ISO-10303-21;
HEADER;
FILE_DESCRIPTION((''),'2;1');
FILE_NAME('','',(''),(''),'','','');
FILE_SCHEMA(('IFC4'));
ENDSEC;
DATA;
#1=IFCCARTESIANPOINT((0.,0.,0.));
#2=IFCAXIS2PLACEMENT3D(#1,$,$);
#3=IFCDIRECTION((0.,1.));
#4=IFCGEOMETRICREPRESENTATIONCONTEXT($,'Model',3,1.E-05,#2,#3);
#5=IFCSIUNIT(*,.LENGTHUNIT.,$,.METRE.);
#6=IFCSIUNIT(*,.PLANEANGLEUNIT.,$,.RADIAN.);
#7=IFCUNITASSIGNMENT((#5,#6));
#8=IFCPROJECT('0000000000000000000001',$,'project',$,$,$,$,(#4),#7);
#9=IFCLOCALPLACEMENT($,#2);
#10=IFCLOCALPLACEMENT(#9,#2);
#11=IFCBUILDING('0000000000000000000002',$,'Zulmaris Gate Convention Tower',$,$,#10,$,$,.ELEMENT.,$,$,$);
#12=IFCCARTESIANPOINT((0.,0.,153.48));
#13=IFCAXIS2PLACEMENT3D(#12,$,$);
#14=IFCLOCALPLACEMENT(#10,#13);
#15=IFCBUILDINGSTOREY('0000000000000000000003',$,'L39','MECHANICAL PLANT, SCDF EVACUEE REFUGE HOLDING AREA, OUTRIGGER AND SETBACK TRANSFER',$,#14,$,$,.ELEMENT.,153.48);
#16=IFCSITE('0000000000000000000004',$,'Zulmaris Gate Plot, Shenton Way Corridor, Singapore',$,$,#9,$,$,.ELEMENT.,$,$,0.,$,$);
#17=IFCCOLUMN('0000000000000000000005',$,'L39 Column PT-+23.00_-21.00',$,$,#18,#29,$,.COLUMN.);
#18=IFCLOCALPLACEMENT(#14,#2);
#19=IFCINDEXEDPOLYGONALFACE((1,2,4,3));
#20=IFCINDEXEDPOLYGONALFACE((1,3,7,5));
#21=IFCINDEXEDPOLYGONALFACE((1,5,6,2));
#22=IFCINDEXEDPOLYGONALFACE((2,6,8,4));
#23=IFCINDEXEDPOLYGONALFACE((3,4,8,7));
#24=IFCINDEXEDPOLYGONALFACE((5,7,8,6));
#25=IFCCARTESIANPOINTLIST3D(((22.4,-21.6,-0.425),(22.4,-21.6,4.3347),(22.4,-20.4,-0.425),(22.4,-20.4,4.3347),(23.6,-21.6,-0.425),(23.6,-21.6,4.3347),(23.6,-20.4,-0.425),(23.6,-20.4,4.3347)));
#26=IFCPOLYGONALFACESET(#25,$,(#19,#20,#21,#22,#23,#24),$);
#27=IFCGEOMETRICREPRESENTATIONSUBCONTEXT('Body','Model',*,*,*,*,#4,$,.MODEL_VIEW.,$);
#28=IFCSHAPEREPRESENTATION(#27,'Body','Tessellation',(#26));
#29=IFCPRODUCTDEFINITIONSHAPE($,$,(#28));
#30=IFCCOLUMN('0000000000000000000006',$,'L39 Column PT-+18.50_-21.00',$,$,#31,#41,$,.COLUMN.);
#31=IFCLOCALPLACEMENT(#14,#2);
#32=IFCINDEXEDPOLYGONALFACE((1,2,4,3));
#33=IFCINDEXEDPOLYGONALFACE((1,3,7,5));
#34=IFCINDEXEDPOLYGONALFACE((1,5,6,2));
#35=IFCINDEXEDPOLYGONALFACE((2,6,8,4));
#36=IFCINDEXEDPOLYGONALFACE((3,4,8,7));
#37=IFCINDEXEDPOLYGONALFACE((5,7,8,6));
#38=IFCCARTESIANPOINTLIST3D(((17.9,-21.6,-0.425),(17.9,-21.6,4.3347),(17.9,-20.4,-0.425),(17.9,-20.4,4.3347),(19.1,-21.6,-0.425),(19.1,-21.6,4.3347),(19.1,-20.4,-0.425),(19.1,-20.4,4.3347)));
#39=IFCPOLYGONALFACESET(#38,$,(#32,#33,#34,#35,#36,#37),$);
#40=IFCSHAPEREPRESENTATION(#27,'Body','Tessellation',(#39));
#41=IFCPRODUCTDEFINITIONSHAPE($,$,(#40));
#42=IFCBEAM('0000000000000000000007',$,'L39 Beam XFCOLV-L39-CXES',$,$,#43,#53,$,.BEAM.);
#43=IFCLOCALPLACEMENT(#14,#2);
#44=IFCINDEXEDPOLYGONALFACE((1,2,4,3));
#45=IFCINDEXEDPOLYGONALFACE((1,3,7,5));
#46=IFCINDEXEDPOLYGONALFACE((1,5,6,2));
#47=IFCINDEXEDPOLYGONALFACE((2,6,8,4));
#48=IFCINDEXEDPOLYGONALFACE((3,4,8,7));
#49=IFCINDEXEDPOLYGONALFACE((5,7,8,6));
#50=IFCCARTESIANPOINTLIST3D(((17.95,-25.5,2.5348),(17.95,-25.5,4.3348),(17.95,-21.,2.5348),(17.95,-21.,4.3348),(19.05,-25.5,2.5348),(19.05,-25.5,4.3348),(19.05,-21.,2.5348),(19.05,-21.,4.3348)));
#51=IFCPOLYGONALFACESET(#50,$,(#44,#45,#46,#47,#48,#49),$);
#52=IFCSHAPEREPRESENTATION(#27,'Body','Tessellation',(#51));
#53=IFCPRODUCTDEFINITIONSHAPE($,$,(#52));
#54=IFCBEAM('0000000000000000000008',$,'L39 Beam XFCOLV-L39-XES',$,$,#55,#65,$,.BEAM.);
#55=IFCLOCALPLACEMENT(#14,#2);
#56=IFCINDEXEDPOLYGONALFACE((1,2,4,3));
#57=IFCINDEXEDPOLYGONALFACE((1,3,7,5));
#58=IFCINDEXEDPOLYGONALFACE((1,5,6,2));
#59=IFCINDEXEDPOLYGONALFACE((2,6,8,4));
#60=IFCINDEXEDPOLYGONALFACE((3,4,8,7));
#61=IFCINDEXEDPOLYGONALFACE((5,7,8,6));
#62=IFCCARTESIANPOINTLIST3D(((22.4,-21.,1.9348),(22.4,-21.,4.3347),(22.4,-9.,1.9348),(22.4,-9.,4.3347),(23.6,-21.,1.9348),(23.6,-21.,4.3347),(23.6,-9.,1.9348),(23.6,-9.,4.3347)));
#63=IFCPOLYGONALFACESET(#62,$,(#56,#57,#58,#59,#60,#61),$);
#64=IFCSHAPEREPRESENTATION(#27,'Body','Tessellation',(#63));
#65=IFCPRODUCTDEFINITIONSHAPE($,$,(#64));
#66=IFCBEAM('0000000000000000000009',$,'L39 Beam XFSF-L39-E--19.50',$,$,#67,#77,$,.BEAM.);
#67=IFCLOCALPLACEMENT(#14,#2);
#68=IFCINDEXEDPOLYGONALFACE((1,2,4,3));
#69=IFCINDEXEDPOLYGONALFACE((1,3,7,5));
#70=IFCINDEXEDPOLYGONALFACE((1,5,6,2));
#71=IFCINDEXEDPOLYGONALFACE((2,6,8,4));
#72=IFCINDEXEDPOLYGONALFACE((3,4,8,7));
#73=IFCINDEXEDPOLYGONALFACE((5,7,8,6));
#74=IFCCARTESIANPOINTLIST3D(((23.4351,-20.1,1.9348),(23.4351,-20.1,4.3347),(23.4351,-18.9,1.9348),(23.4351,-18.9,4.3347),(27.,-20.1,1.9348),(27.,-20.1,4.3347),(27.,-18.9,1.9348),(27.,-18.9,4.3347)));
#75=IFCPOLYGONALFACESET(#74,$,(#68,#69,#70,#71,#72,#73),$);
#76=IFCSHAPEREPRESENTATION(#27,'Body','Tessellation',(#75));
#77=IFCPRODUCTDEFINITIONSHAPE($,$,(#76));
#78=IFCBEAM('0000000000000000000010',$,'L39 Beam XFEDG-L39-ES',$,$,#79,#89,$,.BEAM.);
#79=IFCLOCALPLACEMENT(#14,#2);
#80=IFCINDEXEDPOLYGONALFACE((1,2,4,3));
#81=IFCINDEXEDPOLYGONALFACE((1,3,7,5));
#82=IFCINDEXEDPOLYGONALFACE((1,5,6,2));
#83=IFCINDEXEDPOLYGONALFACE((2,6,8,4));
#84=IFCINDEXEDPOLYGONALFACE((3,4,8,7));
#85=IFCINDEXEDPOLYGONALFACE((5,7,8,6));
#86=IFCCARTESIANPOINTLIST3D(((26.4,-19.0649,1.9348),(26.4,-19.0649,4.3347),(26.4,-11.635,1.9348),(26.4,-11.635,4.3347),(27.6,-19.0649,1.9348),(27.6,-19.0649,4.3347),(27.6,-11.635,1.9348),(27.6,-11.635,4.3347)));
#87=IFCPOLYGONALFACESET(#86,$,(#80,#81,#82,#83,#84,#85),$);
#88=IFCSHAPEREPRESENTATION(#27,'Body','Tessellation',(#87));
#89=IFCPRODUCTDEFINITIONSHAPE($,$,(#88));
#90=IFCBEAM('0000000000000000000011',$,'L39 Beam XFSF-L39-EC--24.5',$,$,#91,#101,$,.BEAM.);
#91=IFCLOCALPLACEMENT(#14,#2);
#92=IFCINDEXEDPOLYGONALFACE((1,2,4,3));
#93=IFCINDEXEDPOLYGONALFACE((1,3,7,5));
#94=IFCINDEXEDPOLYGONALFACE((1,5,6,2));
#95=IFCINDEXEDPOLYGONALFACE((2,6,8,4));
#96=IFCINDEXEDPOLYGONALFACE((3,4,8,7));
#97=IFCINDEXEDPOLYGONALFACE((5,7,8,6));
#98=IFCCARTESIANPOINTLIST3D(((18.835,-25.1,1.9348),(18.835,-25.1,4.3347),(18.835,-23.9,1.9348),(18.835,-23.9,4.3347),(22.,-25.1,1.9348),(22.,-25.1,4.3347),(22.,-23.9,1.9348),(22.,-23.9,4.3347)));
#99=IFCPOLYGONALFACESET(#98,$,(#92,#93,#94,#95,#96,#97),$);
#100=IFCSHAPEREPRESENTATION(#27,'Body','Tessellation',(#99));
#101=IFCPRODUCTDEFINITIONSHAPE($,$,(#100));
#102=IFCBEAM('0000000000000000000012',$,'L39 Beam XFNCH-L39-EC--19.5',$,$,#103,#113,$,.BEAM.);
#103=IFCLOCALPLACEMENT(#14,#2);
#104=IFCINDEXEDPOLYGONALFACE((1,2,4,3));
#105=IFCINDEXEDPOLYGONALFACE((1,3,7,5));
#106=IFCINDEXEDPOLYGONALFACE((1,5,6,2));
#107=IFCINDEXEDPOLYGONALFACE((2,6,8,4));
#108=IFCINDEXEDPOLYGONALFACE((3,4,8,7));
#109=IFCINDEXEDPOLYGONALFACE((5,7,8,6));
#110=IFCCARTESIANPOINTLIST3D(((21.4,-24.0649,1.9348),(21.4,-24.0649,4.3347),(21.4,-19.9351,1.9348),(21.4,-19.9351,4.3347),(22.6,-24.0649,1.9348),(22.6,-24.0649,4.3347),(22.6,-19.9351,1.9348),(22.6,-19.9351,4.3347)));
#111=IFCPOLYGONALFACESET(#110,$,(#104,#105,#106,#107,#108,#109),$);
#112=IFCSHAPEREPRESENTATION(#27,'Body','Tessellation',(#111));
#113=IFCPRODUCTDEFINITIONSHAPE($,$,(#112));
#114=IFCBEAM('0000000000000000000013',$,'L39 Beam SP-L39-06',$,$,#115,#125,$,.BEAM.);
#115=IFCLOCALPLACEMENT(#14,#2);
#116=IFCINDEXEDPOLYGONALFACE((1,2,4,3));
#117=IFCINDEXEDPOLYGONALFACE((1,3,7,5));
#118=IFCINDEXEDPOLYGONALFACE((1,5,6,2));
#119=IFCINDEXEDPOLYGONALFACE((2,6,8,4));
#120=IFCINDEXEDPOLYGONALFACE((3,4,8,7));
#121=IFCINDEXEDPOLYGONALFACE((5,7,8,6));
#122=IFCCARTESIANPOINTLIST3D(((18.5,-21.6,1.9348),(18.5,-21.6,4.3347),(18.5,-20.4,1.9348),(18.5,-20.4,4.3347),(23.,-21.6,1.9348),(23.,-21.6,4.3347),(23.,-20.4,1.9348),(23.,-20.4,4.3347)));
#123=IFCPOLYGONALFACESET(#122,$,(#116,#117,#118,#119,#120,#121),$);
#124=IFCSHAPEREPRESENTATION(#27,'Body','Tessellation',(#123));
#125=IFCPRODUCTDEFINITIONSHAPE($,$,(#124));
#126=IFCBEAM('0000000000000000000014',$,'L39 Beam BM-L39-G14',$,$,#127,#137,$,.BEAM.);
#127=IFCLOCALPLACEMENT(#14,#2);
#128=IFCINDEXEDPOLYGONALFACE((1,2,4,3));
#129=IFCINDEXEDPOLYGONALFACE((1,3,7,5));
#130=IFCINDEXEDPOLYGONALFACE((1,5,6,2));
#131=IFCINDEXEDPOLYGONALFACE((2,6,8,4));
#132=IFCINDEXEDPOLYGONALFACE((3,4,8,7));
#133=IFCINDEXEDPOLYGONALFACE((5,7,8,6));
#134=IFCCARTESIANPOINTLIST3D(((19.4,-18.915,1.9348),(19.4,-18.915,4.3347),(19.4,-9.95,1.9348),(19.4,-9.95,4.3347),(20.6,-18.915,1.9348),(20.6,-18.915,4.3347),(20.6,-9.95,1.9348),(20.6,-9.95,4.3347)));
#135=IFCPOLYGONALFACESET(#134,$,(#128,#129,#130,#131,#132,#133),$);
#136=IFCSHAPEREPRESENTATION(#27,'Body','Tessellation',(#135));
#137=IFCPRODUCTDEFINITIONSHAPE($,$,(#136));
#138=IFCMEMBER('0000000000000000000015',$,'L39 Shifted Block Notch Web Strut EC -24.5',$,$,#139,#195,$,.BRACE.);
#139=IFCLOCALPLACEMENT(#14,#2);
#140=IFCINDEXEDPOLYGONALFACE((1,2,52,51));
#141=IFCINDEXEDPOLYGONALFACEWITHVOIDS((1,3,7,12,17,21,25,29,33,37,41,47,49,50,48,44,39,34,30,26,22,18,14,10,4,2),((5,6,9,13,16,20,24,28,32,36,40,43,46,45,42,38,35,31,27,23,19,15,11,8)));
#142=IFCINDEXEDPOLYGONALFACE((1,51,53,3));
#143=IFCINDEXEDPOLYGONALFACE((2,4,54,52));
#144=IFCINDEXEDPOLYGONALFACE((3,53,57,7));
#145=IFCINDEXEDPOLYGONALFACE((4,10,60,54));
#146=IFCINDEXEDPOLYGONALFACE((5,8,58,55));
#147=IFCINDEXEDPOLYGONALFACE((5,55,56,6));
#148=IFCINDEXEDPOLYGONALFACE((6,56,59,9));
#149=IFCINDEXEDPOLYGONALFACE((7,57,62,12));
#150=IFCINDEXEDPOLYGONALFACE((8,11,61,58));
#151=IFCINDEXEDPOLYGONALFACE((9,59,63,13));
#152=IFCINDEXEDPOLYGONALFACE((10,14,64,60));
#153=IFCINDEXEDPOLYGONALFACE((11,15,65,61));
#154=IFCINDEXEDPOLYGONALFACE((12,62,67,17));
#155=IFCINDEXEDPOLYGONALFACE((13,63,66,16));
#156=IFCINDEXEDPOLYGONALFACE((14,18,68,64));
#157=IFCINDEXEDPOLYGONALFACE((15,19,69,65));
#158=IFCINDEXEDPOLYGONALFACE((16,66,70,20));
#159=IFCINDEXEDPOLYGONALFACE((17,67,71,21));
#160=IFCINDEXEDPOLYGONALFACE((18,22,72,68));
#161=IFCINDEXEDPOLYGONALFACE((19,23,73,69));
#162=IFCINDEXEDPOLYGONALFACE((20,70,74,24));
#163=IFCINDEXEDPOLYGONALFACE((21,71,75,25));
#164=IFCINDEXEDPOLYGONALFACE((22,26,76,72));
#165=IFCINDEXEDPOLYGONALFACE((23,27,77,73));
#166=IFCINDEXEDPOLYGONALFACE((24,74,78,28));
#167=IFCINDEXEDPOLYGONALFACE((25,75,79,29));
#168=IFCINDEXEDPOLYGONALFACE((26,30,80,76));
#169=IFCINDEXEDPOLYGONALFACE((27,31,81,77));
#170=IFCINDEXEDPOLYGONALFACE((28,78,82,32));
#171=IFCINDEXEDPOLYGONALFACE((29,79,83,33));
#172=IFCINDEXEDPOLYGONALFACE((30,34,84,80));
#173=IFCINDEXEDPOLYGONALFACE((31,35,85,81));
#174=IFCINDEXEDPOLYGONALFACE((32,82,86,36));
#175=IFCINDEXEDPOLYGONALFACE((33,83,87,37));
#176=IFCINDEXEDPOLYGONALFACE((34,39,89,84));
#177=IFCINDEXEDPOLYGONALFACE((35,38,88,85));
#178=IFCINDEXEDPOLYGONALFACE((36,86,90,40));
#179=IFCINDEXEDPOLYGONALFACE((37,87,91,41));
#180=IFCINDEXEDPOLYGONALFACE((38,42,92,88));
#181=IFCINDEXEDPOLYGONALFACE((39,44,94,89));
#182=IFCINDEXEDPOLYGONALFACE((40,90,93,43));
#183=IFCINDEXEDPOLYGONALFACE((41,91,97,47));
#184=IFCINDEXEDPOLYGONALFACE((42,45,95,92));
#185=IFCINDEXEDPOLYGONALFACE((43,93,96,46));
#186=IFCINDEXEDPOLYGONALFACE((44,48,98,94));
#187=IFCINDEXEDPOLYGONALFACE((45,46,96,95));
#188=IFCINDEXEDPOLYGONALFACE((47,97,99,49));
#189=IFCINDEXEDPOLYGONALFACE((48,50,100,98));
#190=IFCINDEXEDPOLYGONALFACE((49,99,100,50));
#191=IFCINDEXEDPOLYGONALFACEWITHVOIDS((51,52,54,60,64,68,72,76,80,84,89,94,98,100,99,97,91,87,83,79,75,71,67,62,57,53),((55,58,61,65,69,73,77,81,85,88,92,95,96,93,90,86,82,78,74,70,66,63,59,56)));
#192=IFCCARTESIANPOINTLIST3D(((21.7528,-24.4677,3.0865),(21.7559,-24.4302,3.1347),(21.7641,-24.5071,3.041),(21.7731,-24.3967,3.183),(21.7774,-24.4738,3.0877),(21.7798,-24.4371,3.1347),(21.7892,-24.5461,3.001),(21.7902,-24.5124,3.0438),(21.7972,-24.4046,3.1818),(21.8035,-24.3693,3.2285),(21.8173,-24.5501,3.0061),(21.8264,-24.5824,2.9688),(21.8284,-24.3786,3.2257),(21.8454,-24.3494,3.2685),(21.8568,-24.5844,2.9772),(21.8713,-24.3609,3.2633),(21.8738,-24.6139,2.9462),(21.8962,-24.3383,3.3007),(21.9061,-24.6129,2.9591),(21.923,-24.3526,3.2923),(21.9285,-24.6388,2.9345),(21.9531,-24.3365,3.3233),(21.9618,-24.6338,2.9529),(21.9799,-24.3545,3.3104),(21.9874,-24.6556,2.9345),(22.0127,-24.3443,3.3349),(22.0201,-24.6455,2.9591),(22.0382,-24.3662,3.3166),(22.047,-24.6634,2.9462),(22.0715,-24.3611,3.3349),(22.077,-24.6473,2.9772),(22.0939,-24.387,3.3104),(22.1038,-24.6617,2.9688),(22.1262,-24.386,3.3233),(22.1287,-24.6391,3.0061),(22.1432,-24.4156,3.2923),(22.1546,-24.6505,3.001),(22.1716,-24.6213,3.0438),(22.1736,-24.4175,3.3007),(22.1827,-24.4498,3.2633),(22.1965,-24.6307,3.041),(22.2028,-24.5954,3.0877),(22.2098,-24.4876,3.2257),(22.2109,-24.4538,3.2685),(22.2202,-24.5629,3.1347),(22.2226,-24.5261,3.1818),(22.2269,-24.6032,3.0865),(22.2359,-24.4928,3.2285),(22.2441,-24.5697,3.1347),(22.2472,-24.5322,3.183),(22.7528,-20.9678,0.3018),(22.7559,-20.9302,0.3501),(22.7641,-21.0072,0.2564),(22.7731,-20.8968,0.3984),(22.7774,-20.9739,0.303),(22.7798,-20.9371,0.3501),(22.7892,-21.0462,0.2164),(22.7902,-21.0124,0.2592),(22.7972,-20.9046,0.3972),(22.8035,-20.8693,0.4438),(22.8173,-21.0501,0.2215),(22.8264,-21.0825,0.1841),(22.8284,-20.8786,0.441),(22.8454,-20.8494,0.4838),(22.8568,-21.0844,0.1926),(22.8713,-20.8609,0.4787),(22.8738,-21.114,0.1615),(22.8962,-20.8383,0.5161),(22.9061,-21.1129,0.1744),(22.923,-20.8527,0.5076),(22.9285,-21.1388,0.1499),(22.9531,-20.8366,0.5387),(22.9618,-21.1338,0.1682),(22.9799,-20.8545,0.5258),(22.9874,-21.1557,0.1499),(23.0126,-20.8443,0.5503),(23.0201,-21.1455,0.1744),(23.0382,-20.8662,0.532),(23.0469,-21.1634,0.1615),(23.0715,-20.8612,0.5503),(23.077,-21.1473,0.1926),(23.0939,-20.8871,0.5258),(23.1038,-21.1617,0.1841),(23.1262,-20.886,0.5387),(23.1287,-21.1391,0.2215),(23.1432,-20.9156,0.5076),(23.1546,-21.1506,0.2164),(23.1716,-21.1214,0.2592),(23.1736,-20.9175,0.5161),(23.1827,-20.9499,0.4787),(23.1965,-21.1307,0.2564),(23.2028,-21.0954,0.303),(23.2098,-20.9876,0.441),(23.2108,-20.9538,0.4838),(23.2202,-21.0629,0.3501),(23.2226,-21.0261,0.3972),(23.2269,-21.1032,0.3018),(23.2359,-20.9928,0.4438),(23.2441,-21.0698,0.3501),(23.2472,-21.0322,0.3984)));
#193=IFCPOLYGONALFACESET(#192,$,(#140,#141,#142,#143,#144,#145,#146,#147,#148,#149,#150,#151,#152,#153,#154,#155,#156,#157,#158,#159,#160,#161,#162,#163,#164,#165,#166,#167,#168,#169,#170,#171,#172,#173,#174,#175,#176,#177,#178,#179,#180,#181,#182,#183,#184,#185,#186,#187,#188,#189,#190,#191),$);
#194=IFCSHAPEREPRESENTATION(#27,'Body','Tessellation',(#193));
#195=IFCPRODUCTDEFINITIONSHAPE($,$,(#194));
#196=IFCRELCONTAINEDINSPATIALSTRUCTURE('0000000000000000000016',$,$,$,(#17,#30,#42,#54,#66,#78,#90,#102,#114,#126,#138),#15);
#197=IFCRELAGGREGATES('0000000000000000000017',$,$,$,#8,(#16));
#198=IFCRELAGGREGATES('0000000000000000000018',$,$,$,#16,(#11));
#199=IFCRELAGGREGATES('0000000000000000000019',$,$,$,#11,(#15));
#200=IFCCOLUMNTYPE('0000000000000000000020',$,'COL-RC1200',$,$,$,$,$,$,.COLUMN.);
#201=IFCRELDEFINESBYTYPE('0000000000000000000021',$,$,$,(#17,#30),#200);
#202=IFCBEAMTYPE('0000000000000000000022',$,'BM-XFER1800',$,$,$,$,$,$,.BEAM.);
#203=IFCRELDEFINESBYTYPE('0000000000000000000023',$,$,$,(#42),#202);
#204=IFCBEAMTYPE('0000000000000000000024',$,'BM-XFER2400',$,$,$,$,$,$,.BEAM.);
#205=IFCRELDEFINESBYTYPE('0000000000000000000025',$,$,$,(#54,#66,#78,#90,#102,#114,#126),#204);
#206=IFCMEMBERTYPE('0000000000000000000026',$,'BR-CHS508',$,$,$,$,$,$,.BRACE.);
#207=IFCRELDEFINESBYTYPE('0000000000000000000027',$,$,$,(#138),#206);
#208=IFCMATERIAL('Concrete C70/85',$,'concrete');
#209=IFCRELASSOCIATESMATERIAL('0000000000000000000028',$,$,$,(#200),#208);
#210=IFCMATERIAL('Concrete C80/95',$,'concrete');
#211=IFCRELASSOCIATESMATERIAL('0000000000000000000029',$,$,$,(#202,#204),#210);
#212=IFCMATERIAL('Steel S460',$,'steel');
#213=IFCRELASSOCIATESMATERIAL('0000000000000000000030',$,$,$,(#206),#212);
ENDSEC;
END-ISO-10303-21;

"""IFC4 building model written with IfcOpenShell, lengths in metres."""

from ifc_helpers import new_model, si_unit, direction, frame, origin, origin_2d, place, context, subcontext, project, spatial, rectangle, hollow_circle, extrude, material, material_profile, profile_set, type_object, element, save


model = new_model("IFC4")

# Units and contexts
model_context = context("Model", 3, precision=1e-05, world=origin(), true_north=direction((0.0, 1.0)))
body_context = subcontext(model_context, "Body", "Model", "MODEL_VIEW")
ifc_project = project(units=[si_unit("LENGTHUNIT", "METRE"), si_unit("PLANEANGLEUNIT", "RADIAN")], contexts=[model_context])

# Site, building, storey
site_placement = place(None, origin())
site = spatial("IfcSite", under=ifc_project, at=site_placement, Name="Zulmaris Gate Plot, Shenton Way Corridor, Singapore", CompositionType="ELEMENT", RefElevation=0.0)
building_placement = place(site_placement, origin())
building = spatial("IfcBuilding", under=site, at=building_placement, Name="Zulmaris Gate Convention Tower", CompositionType="ELEMENT")
storey_placement = place(building_placement, frame((0.0, 0.0, 153.48)))
storey = spatial("IfcBuildingStorey", under=building, at=storey_placement, Name="L39", Description="MECHANICAL PLANT, SCDF EVACUEE REFUGE HOLDING AREA, OUTRIGGER AND SETBACK TRANSFER", CompositionType="ELEMENT", Elevation=153.48)

# Columns
ifc_material_1 = material(Name="Concrete C70/85", Category="concrete")
ifc_material_profile_1 = material_profile(ifc_material_1, rectangle(XDim=1.2, YDim=1.2, at=origin_2d()), Name="RC COL 1200x1200")
ifc_profile_set_1 = profile_set([ifc_material_profile_1], Name="Concrete C70/85")
column_type = type_object("IfcColumnType", Name="COL-RC1200", PredefinedType="COLUMN", material=ifc_profile_set_1)
for number, where, z_axis, x_axis, name in (
    (1, (23.0, -21.0, -0.425), (0.0, 0.0, 1.0), (1.0, 0.0, 0.0), "L39 Column PT-+23.00_-21.00"),
    (2, (18.5, -21.0, -0.425), (0.0, 0.0, 1.0), (1.0, 0.0, 0.0), "L39 Column PT-+18.50_-21.00"),
):
    element("IfcColumn", number, at=place(storey_placement, frame(where, z_axis=z_axis, x_axis=x_axis)), inside=storey, type_object=column_type, Name=name, PredefinedType="COLUMN", context=body_context, shape_type="SweptSolid", body=[
        extrude(rectangle(XDim=1.2, YDim=1.2, at=origin_2d()), origin(), (0.0, 0.0, 1.0), 4.7598),
    ])

# Beams
ifc_material_2 = material(Name="Concrete C80/95", Category="concrete")
ifc_material_profile_2 = material_profile(ifc_material_2, rectangle(XDim=1.1001, YDim=1.8, at=origin_2d()), Name="RC TRANSFER 1100x1800")
ifc_profile_set_2 = profile_set([ifc_material_profile_2], Name="Concrete C80/95")
beam_type_1 = type_object("IfcBeamType", Name="BM-XFER1800", PredefinedType="BEAM", material=ifc_profile_set_2)
beam_1_placement = place(storey_placement, frame((18.5, -25.5, 3.4348), z_axis=(0.0, 1.0, 0.0), x_axis=(-1.0, 0.0, 0.0)))
element("IfcBeam", 3, at=beam_1_placement, inside=storey, type_object=beam_type_1, Name="L39 Beam XFCOLV-L39-CXES", PredefinedType="BEAM", context=body_context, shape_type="SweptSolid", body=[
    extrude(rectangle(XDim=1.1001, YDim=1.8, at=origin_2d()), origin(), (0.0, 0.0, 1.0), 4.5),
])
ifc_material_profile_3 = material_profile(ifc_material_2, rectangle(XDim=1.2, YDim=2.3999, at=origin_2d()), Name="RC TRANSFER 1200x2400")
ifc_profile_set_3 = profile_set([ifc_material_profile_3], Name="Concrete C80/95")
beam_type_2 = type_object("IfcBeamType", Name="BM-XFER2400", PredefinedType="BEAM", material=ifc_profile_set_3)
beam_2_placement = place(storey_placement, frame((23.0, -21.0, 3.1348), z_axis=(0.0, 1.0, 0.0), x_axis=(-1.0, 0.0, 0.0)))
element("IfcBeam", 4, at=beam_2_placement, inside=storey, type_object=beam_type_2, Name="L39 Beam XFCOLV-L39-XES", PredefinedType="BEAM", context=body_context, shape_type="SweptSolid", body=[
    extrude(rectangle(XDim=1.2, YDim=2.3999, at=origin_2d()), origin(), (0.0, 0.0, 1.0), 12.0),
])
beam_3_placement = place(storey_placement, frame((23.4351, -19.5, 3.1348), z_axis=(1.0, 0.0, 0.0), x_axis=(0.0, 1.0, 0.0)))
element("IfcBeam", 5, at=beam_3_placement, inside=storey, type_object=beam_type_2, Name="L39 Beam XFSF-L39-E--19.50", PredefinedType="BEAM", context=body_context, shape_type="SweptSolid", body=[
    extrude(rectangle(XDim=1.2, YDim=2.3999, at=origin_2d()), origin(), (0.0, 0.0, 1.0), 3.5649),
])
beam_4_placement = place(storey_placement, frame((27.0, -19.0649, 3.1348), z_axis=(0.0, 1.0, 0.0), x_axis=(-1.0, 0.0, 0.0)))
element("IfcBeam", 6, at=beam_4_placement, inside=storey, type_object=beam_type_2, Name="L39 Beam XFEDG-L39-ES", PredefinedType="BEAM", context=body_context, shape_type="SweptSolid", body=[
    extrude(rectangle(XDim=1.2, YDim=2.3999, at=origin_2d()), origin(), (0.0, 0.0, 1.0), 7.4299),
])
beam_5_placement = place(storey_placement, frame((18.835, -24.5, 3.1348), z_axis=(1.0, 0.0, 0.0), x_axis=(0.0, 1.0, 0.0)))
element("IfcBeam", 7, at=beam_5_placement, inside=storey, type_object=beam_type_2, Name="L39 Beam XFSF-L39-EC--24.5", PredefinedType="BEAM", context=body_context, shape_type="SweptSolid", body=[
    extrude(rectangle(XDim=1.2, YDim=2.3999, at=origin_2d()), origin(), (0.0, 0.0, 1.0), 3.165),
])
beam_6_placement = place(storey_placement, frame((22.0, -24.0649, 3.1348), z_axis=(0.0, 1.0, 0.0), x_axis=(-1.0, 0.0, 0.0)))
element("IfcBeam", 8, at=beam_6_placement, inside=storey, type_object=beam_type_2, Name="L39 Beam XFNCH-L39-EC--19.5", PredefinedType="BEAM", context=body_context, shape_type="SweptSolid", body=[
    extrude(rectangle(XDim=1.2, YDim=2.3999, at=origin_2d()), origin(), (0.0, 0.0, 1.0), 4.1299),
])
beam_7_placement = place(storey_placement, frame((18.5, -21.0, 3.1348), z_axis=(1.0, 0.0, 0.0), x_axis=(0.0, 1.0, 0.0)))
element("IfcBeam", 9, at=beam_7_placement, inside=storey, type_object=beam_type_2, Name="L39 Beam SP-L39-06", PredefinedType="BEAM", context=body_context, shape_type="SweptSolid", body=[
    extrude(rectangle(XDim=1.2, YDim=2.3999, at=origin_2d()), origin(), (0.0, 0.0, 1.0), 4.5),
])
beam_8_placement = place(storey_placement, frame((20.0, -18.915, 3.1348), z_axis=(0.0, 1.0, 0.0), x_axis=(-1.0, 0.0, 0.0)))
element("IfcBeam", 10, at=beam_8_placement, inside=storey, type_object=beam_type_2, Name="L39 Beam BM-L39-G14", PredefinedType="BEAM", context=body_context, shape_type="SweptSolid", body=[
    extrude(rectangle(XDim=1.2, YDim=2.3999, at=origin_2d()), origin(), (0.0, 0.0, 1.0), 8.9651),
])

# Member
ifc_material_3 = material(Name="Steel S460", Category="steel")
ifc_material_profile_4 = material_profile(ifc_material_3, hollow_circle(Radius=0.2539, WallThickness=0.0249, at=origin_2d()), Name="CHS 508x25")
ifc_profile_set_4 = profile_set([ifc_material_profile_4], Name="Steel S460")
member_type_1 = type_object("IfcMemberType", Name="BR-CHS508", PredefinedType="BRACE", material=ifc_profile_set_4)
member_1_placement = place(storey_placement, frame((23.0, -21.0, 0.3501), z_axis=(-0.218195, -0.763683, 0.607601), x_axis=(0.961524, -0.274721, 0.0)))
element("IfcMember", 11, at=member_1_placement, inside=storey, type_object=member_type_1, Name="L39 Shifted Block Notch Web Strut EC -24.5", PredefinedType="BRACE", context=body_context, shape_type="SweptSolid", body=[
    extrude(hollow_circle(Radius=0.2539, WallThickness=0.0249, at=origin_2d()), origin(), (0.0, 0.0, 1.0), 4.583),
])

save(model, "model.ifc")
